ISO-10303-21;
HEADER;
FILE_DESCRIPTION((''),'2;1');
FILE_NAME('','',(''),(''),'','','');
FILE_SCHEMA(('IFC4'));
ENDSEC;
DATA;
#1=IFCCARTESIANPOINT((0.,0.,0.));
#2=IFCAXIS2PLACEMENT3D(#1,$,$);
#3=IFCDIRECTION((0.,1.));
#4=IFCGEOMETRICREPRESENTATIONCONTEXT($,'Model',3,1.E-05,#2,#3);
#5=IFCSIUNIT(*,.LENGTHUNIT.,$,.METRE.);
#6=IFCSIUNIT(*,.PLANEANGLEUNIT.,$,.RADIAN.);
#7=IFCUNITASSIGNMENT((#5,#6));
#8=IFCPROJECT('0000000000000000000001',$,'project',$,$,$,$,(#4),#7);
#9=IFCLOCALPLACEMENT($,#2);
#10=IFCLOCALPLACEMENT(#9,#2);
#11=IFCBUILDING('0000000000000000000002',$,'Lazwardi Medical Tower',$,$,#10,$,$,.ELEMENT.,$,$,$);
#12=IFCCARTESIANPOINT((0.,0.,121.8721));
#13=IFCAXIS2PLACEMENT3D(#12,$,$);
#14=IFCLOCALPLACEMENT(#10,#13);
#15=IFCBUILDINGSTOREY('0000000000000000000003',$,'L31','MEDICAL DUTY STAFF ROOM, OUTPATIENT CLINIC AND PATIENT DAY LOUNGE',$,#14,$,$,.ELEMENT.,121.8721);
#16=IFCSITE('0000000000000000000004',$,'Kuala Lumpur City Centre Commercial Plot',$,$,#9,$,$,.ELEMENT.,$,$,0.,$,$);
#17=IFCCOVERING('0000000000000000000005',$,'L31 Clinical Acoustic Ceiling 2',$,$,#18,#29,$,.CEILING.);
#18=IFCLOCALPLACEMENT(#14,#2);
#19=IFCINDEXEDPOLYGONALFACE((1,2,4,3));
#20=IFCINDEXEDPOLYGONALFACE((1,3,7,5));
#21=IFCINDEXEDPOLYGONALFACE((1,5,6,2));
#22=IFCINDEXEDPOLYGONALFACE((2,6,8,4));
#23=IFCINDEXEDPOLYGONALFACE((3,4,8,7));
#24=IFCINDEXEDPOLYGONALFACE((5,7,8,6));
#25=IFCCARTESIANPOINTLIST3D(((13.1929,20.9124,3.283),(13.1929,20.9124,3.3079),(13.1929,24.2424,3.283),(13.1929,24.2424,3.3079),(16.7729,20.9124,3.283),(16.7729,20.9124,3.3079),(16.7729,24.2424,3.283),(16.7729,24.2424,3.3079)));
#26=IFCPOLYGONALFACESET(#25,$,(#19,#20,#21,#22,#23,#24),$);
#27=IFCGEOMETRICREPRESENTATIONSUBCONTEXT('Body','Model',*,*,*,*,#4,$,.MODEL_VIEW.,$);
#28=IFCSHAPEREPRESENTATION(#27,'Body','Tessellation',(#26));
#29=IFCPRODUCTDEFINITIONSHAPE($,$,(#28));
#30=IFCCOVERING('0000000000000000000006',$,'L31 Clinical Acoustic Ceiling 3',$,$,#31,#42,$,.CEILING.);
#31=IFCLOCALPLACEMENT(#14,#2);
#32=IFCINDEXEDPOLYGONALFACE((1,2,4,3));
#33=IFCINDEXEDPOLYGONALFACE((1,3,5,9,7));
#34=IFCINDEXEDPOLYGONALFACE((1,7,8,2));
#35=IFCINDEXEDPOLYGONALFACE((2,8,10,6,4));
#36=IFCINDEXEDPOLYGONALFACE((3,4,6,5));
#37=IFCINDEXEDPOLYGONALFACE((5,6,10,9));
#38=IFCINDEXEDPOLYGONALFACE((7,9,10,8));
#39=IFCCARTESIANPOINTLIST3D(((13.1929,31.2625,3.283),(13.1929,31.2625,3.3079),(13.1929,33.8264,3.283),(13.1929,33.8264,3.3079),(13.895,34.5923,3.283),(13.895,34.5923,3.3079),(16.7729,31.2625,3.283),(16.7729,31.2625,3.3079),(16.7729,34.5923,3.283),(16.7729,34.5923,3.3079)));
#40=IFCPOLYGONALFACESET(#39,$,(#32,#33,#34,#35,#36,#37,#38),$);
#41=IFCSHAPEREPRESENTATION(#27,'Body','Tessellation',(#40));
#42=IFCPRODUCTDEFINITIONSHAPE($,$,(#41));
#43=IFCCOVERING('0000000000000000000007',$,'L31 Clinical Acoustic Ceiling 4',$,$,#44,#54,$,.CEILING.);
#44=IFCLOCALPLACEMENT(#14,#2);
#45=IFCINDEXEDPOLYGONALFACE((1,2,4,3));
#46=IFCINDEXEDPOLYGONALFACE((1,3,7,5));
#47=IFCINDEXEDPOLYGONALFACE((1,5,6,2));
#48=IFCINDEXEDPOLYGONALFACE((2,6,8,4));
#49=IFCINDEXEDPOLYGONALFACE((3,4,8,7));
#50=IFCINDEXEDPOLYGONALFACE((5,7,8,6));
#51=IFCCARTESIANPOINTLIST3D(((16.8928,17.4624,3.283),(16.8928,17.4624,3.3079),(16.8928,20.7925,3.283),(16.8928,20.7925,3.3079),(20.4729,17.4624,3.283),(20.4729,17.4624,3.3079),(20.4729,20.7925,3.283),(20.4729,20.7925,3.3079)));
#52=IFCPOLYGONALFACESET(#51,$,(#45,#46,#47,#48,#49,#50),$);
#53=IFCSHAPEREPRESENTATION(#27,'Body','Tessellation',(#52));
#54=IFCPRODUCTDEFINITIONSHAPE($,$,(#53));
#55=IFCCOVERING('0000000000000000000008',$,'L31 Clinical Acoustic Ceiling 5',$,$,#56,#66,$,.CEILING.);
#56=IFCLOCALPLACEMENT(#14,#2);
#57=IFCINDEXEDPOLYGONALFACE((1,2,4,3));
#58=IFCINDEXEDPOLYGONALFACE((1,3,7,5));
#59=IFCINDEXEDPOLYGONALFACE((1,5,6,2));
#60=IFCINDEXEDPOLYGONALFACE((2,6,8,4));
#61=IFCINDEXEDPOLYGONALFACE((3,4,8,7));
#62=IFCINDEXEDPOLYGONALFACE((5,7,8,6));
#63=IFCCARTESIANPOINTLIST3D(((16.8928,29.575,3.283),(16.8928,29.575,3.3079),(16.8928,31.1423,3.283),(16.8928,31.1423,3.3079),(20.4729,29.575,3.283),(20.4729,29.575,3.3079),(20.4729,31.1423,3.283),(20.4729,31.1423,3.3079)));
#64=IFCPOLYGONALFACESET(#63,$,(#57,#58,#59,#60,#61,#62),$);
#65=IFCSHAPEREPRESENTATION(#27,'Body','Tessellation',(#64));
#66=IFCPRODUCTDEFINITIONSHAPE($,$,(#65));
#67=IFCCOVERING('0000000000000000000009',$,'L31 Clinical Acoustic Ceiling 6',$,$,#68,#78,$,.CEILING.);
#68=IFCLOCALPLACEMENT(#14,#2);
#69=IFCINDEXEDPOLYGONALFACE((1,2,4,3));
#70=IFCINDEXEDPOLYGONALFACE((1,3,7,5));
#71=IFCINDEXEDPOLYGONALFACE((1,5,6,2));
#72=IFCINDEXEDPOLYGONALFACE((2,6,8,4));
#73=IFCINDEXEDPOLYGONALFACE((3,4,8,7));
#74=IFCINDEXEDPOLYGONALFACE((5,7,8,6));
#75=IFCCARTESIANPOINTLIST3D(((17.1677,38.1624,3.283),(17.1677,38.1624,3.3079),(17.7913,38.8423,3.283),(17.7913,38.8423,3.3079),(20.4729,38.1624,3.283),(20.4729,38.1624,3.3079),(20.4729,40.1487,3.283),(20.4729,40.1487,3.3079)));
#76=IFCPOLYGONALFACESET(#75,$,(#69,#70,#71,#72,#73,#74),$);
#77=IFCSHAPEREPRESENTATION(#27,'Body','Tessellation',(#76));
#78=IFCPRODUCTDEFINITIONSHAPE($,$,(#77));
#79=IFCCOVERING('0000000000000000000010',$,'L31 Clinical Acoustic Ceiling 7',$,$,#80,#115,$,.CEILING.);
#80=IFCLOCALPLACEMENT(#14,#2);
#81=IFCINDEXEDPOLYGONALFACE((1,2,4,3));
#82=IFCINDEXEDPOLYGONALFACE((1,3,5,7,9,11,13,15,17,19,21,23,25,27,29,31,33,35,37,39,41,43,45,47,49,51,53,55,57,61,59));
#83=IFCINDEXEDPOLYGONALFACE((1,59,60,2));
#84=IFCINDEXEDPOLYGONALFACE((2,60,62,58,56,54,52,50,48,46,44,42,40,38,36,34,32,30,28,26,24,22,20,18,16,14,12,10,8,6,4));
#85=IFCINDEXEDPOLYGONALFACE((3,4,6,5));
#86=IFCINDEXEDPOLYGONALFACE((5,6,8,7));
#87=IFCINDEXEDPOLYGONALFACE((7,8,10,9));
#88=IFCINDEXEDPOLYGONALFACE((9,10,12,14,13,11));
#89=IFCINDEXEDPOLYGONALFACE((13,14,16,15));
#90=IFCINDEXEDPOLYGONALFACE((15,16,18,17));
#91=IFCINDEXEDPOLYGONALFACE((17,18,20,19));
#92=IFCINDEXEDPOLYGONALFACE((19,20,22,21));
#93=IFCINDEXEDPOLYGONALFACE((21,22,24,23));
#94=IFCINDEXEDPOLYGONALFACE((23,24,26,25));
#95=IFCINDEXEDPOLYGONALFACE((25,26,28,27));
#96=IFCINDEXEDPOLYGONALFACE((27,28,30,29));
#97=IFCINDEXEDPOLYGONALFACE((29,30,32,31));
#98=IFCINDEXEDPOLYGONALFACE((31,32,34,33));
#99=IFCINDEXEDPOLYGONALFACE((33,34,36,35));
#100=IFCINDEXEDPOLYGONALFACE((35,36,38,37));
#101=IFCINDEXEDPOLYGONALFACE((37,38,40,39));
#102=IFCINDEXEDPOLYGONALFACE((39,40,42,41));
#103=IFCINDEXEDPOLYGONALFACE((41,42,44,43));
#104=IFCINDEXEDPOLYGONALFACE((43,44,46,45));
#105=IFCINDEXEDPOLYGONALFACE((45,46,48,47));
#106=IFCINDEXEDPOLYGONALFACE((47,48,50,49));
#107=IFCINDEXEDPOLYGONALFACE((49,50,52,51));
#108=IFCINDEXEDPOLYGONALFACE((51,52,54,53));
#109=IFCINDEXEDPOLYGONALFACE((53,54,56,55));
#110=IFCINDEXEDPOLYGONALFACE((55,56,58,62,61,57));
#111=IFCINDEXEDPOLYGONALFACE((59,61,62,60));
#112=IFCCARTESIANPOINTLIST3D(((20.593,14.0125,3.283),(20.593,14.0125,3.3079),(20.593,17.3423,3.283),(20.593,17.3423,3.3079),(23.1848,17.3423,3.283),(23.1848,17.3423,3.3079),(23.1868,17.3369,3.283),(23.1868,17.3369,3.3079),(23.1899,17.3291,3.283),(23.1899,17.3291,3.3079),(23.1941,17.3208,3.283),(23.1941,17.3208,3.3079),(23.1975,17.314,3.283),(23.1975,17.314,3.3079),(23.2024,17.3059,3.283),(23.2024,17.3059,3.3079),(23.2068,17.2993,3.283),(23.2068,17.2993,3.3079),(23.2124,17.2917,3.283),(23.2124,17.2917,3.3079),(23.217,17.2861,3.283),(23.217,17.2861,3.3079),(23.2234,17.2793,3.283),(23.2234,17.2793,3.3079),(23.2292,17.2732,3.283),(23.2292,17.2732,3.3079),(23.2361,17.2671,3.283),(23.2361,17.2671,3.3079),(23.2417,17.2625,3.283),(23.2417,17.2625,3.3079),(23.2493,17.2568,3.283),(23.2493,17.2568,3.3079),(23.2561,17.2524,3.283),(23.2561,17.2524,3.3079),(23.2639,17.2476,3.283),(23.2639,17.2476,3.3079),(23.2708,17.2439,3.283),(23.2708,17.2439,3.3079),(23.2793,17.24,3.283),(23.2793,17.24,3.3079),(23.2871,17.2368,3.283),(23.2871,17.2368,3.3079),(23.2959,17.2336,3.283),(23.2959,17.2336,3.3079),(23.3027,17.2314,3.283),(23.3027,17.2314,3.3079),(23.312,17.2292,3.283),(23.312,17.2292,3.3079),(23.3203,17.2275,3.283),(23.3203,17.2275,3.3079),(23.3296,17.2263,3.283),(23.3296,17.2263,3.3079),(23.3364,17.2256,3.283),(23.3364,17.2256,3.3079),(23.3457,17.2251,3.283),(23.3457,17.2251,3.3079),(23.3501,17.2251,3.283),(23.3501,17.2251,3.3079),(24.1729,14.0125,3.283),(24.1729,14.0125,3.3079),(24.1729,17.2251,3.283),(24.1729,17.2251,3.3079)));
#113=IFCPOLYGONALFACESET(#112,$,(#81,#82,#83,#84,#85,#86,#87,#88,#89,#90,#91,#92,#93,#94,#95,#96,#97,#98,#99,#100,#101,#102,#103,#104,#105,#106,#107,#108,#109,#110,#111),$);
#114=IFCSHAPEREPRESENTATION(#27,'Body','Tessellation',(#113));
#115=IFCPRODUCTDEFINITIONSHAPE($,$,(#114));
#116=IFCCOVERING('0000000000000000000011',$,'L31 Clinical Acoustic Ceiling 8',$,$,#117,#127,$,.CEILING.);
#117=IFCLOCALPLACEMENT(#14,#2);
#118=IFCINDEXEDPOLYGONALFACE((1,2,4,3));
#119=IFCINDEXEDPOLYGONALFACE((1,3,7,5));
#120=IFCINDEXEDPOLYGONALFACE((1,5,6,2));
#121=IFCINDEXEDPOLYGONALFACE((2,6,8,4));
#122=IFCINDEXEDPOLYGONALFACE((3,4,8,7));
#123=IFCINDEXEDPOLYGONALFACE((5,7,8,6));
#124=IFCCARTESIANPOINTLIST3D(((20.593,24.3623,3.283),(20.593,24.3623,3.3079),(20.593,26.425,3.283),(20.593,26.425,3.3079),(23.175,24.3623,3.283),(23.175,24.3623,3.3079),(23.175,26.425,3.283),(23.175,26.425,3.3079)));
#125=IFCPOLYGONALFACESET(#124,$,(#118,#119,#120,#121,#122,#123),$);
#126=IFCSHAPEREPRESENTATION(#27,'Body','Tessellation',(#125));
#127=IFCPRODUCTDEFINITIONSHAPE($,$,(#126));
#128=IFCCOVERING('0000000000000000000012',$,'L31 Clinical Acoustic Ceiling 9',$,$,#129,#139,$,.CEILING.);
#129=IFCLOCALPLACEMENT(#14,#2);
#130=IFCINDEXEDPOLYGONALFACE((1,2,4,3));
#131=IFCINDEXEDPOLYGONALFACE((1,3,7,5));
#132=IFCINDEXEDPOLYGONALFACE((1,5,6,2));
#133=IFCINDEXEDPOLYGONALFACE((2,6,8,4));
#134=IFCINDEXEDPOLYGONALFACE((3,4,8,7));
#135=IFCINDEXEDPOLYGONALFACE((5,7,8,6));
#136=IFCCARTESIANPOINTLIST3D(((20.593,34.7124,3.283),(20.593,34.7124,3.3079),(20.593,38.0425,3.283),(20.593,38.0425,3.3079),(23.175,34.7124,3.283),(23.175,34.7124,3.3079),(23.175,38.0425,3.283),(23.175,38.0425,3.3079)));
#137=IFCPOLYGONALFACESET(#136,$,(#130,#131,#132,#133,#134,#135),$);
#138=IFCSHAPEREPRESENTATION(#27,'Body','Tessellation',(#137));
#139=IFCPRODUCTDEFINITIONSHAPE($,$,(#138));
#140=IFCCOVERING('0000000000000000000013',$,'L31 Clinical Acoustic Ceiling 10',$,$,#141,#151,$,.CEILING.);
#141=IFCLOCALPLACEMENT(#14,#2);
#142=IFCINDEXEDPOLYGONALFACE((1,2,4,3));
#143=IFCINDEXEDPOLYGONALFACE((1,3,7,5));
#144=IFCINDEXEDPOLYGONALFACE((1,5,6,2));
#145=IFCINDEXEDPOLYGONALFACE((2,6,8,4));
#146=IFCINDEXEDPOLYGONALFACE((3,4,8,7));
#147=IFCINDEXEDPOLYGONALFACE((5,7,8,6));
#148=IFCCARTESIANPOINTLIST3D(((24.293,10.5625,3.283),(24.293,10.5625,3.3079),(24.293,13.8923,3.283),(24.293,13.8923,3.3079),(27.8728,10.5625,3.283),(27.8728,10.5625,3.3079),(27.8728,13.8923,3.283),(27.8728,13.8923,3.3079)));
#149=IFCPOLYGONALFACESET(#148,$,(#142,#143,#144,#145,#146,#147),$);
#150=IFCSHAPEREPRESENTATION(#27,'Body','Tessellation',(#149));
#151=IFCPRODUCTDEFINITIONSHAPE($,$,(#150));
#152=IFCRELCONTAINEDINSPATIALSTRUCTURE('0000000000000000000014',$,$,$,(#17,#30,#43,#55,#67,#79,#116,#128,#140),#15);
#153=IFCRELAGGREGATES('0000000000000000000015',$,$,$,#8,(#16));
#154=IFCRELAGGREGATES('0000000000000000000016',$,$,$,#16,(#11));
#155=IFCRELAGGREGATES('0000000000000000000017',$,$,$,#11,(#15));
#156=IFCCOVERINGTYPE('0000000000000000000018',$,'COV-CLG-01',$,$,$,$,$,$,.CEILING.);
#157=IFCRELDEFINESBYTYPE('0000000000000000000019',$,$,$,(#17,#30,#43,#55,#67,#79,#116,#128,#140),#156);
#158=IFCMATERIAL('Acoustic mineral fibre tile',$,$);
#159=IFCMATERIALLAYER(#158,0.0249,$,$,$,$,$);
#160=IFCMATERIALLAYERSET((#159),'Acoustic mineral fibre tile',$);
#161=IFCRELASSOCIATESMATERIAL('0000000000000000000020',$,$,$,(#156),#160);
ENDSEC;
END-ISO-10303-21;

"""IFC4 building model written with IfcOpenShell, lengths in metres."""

from ifc_helpers import new_model, si_unit, direction, frame, origin, place, context, subcontext, project, spatial, polyline, outline, extrude, material, layer, layer_set, type_object, element, save


model = new_model("IFC4")

# Units and contexts
model_context = context("Model", 3, precision=1e-05, world=origin(), true_north=direction((0.0, 1.0)))
body_context = subcontext(model_context, "Body", "Model", "MODEL_VIEW")
ifc_project = project(units=[si_unit("LENGTHUNIT", "METRE"), si_unit("PLANEANGLEUNIT", "RADIAN")], contexts=[model_context])

# Site, building, storey
site_placement = place(None, origin())
site = spatial("IfcSite", under=ifc_project, at=site_placement, Name="Kuala Lumpur City Centre Commercial Plot", CompositionType="ELEMENT", RefElevation=0.0)
building_placement = place(site_placement, origin())
building = spatial("IfcBuilding", under=site, at=building_placement, Name="Lazwardi Medical Tower", CompositionType="ELEMENT")
storey_placement = place(building_placement, frame((0.0, 0.0, 121.8721)))
storey = spatial("IfcBuildingStorey", under=building, at=storey_placement, Name="L31", Description="MEDICAL DUTY STAFF ROOM, OUTPATIENT CLINIC AND PATIENT DAY LOUNGE", CompositionType="ELEMENT", Elevation=121.8721)

# Coverings
ifc_material_1 = material(Name="Acoustic mineral fibre tile")
ifc_layer_1 = layer(ifc_material_1, 0.0249)
ifc_layer_set_1 = layer_set([ifc_layer_1], Name="Acoustic mineral fibre tile")
covering_type_1 = type_object("IfcCoveringType", Name="COV-CLG-01", PredefinedType="CEILING", material=ifc_layer_set_1)
covering_1_placement = place(storey_placement, frame((0.0, 0.0, 3.283)))
element("IfcCovering", 1, at=covering_1_placement, inside=storey, type_object=covering_type_1, Name="L31 Clinical Acoustic Ceiling 2", PredefinedType="CEILING", context=body_context, shape_type="SweptSolid", body=[
    extrude(outline(polyline([(16.7729, 20.9124), (16.7729, 24.2424), (13.1929, 24.2424), (13.1929, 20.9124), (16.7729, 20.9124)])), origin(), (0.0, 0.0, 1.0), 0.0249),
])
covering_2_placement = place(storey_placement, frame((0.0, 0.0, 3.283)))
element("IfcCovering", 2, at=covering_2_placement, inside=storey, type_object=covering_type_1, Name="L31 Clinical Acoustic Ceiling 3", PredefinedType="CEILING", context=body_context, shape_type="SweptSolid", body=[
    extrude(outline(polyline([(13.895, 34.5923), (13.1929, 33.8264), (13.1929, 31.2625), (16.7729, 31.2625), (16.7729, 34.5923), (13.895, 34.5923)])), origin(), (0.0, 0.0, 1.0), 0.0249),
])
covering_3_placement = place(storey_placement, frame((0.0, 0.0, 3.283)))
element("IfcCovering", 3, at=covering_3_placement, inside=storey, type_object=covering_type_1, Name="L31 Clinical Acoustic Ceiling 4", PredefinedType="CEILING", context=body_context, shape_type="SweptSolid", body=[
    extrude(outline(polyline([(20.4729, 17.4624), (20.4729, 20.7925), (16.8928, 20.7925), (16.8928, 17.4624), (20.4729, 17.4624)])), origin(), (0.0, 0.0, 1.0), 0.0249),
])
covering_4_placement = place(storey_placement, frame((0.0, 0.0, 3.283)))
element("IfcCovering", 4, at=covering_4_placement, inside=storey, type_object=covering_type_1, Name="L31 Clinical Acoustic Ceiling 5", PredefinedType="CEILING", context=body_context, shape_type="SweptSolid", body=[
    extrude(outline(polyline([(16.8928, 29.575), (20.4729, 29.575), (20.4729, 31.1423), (16.8928, 31.1423), (16.8928, 29.575)])), origin(), (0.0, 0.0, 1.0), 0.0249),
])
covering_5_placement = place(storey_placement, frame((0.0, 0.0, 3.283)))
element("IfcCovering", 5, at=covering_5_placement, inside=storey, type_object=covering_type_1, Name="L31 Clinical Acoustic Ceiling 6", PredefinedType="CEILING", context=body_context, shape_type="SweptSolid", body=[
    extrude(outline(polyline([(20.4729, 40.1487), (17.7913, 38.8423), (17.1677, 38.1624), (20.4729, 38.1624), (20.4729, 40.1487)])), origin(), (0.0, 0.0, 1.0), 0.0249),
])
covering_6_placement = place(storey_placement, frame((0.0, 0.0, 3.283)))
element("IfcCovering", 6, at=covering_6_placement, inside=storey, type_object=covering_type_1, Name="L31 Clinical Acoustic Ceiling 7", PredefinedType="CEILING", context=body_context, shape_type="SweptSolid", body=[
    extrude(outline(polyline([(24.1729, 17.2251), (23.3501, 17.2251), (23.3457, 17.2251), (23.3364, 17.2256), (23.3296, 17.2263), (23.3203, 17.2275), (23.312, 17.2292), (23.3027, 17.2314), (23.2959, 17.2336), (23.2871, 17.2368), (23.2793, 17.24), (23.2708, 17.2439), (23.2639, 17.2476), (23.2561, 17.2524), (23.2493, 17.2568), (23.2417, 17.2625), (23.2361, 17.2671), (23.2292, 17.2732), (23.2234, 17.2793), (23.217, 17.2861), (23.2124, 17.2917), (23.2068, 17.2993), (23.2024, 17.3059), (23.1975, 17.314), (23.1941, 17.3208), (23.1899, 17.3291), (23.1868, 17.3369), (23.1848, 17.3423), (20.593, 17.3423), (20.593, 14.0125), (24.1729, 14.0125), (24.1729, 17.2251)])), origin(), (0.0, 0.0, 1.0), 0.0249),
])
covering_7_placement = place(storey_placement, frame((0.0, 0.0, 3.283)))
element("IfcCovering", 7, at=covering_7_placement, inside=storey, type_object=covering_type_1, Name="L31 Clinical Acoustic Ceiling 8", PredefinedType="CEILING", context=body_context, shape_type="SweptSolid", body=[
    extrude(outline(polyline([(23.175, 24.3623), (23.175, 26.425), (20.593, 26.425), (20.593, 24.3623), (23.175, 24.3623)])), origin(), (0.0, 0.0, 1.0), 0.0249),
])
covering_8_placement = place(storey_placement, frame((0.0, 0.0, 3.283)))
element("IfcCovering", 8, at=covering_8_placement, inside=storey, type_object=covering_type_1, Name="L31 Clinical Acoustic Ceiling 9", PredefinedType="CEILING", context=body_context, shape_type="SweptSolid", body=[
    extrude(outline(polyline([(23.175, 34.7124), (23.175, 38.0425), (20.593, 38.0425), (20.593, 34.7124), (23.175, 34.7124)])), origin(), (0.0, 0.0, 1.0), 0.0249),
])
covering_9_placement = place(storey_placement, frame((0.0, 0.0, 3.283)))
element("IfcCovering", 9, at=covering_9_placement, inside=storey, type_object=covering_type_1, Name="L31 Clinical Acoustic Ceiling 10", PredefinedType="CEILING", context=body_context, shape_type="SweptSolid", body=[
    extrude(outline(polyline([(27.8728, 10.5625), (27.8728, 13.8923), (24.293, 13.8923), (24.293, 10.5625), (27.8728, 10.5625)])), origin(), (0.0, 0.0, 1.0), 0.0249),
])

save(model, "model.ifc")
